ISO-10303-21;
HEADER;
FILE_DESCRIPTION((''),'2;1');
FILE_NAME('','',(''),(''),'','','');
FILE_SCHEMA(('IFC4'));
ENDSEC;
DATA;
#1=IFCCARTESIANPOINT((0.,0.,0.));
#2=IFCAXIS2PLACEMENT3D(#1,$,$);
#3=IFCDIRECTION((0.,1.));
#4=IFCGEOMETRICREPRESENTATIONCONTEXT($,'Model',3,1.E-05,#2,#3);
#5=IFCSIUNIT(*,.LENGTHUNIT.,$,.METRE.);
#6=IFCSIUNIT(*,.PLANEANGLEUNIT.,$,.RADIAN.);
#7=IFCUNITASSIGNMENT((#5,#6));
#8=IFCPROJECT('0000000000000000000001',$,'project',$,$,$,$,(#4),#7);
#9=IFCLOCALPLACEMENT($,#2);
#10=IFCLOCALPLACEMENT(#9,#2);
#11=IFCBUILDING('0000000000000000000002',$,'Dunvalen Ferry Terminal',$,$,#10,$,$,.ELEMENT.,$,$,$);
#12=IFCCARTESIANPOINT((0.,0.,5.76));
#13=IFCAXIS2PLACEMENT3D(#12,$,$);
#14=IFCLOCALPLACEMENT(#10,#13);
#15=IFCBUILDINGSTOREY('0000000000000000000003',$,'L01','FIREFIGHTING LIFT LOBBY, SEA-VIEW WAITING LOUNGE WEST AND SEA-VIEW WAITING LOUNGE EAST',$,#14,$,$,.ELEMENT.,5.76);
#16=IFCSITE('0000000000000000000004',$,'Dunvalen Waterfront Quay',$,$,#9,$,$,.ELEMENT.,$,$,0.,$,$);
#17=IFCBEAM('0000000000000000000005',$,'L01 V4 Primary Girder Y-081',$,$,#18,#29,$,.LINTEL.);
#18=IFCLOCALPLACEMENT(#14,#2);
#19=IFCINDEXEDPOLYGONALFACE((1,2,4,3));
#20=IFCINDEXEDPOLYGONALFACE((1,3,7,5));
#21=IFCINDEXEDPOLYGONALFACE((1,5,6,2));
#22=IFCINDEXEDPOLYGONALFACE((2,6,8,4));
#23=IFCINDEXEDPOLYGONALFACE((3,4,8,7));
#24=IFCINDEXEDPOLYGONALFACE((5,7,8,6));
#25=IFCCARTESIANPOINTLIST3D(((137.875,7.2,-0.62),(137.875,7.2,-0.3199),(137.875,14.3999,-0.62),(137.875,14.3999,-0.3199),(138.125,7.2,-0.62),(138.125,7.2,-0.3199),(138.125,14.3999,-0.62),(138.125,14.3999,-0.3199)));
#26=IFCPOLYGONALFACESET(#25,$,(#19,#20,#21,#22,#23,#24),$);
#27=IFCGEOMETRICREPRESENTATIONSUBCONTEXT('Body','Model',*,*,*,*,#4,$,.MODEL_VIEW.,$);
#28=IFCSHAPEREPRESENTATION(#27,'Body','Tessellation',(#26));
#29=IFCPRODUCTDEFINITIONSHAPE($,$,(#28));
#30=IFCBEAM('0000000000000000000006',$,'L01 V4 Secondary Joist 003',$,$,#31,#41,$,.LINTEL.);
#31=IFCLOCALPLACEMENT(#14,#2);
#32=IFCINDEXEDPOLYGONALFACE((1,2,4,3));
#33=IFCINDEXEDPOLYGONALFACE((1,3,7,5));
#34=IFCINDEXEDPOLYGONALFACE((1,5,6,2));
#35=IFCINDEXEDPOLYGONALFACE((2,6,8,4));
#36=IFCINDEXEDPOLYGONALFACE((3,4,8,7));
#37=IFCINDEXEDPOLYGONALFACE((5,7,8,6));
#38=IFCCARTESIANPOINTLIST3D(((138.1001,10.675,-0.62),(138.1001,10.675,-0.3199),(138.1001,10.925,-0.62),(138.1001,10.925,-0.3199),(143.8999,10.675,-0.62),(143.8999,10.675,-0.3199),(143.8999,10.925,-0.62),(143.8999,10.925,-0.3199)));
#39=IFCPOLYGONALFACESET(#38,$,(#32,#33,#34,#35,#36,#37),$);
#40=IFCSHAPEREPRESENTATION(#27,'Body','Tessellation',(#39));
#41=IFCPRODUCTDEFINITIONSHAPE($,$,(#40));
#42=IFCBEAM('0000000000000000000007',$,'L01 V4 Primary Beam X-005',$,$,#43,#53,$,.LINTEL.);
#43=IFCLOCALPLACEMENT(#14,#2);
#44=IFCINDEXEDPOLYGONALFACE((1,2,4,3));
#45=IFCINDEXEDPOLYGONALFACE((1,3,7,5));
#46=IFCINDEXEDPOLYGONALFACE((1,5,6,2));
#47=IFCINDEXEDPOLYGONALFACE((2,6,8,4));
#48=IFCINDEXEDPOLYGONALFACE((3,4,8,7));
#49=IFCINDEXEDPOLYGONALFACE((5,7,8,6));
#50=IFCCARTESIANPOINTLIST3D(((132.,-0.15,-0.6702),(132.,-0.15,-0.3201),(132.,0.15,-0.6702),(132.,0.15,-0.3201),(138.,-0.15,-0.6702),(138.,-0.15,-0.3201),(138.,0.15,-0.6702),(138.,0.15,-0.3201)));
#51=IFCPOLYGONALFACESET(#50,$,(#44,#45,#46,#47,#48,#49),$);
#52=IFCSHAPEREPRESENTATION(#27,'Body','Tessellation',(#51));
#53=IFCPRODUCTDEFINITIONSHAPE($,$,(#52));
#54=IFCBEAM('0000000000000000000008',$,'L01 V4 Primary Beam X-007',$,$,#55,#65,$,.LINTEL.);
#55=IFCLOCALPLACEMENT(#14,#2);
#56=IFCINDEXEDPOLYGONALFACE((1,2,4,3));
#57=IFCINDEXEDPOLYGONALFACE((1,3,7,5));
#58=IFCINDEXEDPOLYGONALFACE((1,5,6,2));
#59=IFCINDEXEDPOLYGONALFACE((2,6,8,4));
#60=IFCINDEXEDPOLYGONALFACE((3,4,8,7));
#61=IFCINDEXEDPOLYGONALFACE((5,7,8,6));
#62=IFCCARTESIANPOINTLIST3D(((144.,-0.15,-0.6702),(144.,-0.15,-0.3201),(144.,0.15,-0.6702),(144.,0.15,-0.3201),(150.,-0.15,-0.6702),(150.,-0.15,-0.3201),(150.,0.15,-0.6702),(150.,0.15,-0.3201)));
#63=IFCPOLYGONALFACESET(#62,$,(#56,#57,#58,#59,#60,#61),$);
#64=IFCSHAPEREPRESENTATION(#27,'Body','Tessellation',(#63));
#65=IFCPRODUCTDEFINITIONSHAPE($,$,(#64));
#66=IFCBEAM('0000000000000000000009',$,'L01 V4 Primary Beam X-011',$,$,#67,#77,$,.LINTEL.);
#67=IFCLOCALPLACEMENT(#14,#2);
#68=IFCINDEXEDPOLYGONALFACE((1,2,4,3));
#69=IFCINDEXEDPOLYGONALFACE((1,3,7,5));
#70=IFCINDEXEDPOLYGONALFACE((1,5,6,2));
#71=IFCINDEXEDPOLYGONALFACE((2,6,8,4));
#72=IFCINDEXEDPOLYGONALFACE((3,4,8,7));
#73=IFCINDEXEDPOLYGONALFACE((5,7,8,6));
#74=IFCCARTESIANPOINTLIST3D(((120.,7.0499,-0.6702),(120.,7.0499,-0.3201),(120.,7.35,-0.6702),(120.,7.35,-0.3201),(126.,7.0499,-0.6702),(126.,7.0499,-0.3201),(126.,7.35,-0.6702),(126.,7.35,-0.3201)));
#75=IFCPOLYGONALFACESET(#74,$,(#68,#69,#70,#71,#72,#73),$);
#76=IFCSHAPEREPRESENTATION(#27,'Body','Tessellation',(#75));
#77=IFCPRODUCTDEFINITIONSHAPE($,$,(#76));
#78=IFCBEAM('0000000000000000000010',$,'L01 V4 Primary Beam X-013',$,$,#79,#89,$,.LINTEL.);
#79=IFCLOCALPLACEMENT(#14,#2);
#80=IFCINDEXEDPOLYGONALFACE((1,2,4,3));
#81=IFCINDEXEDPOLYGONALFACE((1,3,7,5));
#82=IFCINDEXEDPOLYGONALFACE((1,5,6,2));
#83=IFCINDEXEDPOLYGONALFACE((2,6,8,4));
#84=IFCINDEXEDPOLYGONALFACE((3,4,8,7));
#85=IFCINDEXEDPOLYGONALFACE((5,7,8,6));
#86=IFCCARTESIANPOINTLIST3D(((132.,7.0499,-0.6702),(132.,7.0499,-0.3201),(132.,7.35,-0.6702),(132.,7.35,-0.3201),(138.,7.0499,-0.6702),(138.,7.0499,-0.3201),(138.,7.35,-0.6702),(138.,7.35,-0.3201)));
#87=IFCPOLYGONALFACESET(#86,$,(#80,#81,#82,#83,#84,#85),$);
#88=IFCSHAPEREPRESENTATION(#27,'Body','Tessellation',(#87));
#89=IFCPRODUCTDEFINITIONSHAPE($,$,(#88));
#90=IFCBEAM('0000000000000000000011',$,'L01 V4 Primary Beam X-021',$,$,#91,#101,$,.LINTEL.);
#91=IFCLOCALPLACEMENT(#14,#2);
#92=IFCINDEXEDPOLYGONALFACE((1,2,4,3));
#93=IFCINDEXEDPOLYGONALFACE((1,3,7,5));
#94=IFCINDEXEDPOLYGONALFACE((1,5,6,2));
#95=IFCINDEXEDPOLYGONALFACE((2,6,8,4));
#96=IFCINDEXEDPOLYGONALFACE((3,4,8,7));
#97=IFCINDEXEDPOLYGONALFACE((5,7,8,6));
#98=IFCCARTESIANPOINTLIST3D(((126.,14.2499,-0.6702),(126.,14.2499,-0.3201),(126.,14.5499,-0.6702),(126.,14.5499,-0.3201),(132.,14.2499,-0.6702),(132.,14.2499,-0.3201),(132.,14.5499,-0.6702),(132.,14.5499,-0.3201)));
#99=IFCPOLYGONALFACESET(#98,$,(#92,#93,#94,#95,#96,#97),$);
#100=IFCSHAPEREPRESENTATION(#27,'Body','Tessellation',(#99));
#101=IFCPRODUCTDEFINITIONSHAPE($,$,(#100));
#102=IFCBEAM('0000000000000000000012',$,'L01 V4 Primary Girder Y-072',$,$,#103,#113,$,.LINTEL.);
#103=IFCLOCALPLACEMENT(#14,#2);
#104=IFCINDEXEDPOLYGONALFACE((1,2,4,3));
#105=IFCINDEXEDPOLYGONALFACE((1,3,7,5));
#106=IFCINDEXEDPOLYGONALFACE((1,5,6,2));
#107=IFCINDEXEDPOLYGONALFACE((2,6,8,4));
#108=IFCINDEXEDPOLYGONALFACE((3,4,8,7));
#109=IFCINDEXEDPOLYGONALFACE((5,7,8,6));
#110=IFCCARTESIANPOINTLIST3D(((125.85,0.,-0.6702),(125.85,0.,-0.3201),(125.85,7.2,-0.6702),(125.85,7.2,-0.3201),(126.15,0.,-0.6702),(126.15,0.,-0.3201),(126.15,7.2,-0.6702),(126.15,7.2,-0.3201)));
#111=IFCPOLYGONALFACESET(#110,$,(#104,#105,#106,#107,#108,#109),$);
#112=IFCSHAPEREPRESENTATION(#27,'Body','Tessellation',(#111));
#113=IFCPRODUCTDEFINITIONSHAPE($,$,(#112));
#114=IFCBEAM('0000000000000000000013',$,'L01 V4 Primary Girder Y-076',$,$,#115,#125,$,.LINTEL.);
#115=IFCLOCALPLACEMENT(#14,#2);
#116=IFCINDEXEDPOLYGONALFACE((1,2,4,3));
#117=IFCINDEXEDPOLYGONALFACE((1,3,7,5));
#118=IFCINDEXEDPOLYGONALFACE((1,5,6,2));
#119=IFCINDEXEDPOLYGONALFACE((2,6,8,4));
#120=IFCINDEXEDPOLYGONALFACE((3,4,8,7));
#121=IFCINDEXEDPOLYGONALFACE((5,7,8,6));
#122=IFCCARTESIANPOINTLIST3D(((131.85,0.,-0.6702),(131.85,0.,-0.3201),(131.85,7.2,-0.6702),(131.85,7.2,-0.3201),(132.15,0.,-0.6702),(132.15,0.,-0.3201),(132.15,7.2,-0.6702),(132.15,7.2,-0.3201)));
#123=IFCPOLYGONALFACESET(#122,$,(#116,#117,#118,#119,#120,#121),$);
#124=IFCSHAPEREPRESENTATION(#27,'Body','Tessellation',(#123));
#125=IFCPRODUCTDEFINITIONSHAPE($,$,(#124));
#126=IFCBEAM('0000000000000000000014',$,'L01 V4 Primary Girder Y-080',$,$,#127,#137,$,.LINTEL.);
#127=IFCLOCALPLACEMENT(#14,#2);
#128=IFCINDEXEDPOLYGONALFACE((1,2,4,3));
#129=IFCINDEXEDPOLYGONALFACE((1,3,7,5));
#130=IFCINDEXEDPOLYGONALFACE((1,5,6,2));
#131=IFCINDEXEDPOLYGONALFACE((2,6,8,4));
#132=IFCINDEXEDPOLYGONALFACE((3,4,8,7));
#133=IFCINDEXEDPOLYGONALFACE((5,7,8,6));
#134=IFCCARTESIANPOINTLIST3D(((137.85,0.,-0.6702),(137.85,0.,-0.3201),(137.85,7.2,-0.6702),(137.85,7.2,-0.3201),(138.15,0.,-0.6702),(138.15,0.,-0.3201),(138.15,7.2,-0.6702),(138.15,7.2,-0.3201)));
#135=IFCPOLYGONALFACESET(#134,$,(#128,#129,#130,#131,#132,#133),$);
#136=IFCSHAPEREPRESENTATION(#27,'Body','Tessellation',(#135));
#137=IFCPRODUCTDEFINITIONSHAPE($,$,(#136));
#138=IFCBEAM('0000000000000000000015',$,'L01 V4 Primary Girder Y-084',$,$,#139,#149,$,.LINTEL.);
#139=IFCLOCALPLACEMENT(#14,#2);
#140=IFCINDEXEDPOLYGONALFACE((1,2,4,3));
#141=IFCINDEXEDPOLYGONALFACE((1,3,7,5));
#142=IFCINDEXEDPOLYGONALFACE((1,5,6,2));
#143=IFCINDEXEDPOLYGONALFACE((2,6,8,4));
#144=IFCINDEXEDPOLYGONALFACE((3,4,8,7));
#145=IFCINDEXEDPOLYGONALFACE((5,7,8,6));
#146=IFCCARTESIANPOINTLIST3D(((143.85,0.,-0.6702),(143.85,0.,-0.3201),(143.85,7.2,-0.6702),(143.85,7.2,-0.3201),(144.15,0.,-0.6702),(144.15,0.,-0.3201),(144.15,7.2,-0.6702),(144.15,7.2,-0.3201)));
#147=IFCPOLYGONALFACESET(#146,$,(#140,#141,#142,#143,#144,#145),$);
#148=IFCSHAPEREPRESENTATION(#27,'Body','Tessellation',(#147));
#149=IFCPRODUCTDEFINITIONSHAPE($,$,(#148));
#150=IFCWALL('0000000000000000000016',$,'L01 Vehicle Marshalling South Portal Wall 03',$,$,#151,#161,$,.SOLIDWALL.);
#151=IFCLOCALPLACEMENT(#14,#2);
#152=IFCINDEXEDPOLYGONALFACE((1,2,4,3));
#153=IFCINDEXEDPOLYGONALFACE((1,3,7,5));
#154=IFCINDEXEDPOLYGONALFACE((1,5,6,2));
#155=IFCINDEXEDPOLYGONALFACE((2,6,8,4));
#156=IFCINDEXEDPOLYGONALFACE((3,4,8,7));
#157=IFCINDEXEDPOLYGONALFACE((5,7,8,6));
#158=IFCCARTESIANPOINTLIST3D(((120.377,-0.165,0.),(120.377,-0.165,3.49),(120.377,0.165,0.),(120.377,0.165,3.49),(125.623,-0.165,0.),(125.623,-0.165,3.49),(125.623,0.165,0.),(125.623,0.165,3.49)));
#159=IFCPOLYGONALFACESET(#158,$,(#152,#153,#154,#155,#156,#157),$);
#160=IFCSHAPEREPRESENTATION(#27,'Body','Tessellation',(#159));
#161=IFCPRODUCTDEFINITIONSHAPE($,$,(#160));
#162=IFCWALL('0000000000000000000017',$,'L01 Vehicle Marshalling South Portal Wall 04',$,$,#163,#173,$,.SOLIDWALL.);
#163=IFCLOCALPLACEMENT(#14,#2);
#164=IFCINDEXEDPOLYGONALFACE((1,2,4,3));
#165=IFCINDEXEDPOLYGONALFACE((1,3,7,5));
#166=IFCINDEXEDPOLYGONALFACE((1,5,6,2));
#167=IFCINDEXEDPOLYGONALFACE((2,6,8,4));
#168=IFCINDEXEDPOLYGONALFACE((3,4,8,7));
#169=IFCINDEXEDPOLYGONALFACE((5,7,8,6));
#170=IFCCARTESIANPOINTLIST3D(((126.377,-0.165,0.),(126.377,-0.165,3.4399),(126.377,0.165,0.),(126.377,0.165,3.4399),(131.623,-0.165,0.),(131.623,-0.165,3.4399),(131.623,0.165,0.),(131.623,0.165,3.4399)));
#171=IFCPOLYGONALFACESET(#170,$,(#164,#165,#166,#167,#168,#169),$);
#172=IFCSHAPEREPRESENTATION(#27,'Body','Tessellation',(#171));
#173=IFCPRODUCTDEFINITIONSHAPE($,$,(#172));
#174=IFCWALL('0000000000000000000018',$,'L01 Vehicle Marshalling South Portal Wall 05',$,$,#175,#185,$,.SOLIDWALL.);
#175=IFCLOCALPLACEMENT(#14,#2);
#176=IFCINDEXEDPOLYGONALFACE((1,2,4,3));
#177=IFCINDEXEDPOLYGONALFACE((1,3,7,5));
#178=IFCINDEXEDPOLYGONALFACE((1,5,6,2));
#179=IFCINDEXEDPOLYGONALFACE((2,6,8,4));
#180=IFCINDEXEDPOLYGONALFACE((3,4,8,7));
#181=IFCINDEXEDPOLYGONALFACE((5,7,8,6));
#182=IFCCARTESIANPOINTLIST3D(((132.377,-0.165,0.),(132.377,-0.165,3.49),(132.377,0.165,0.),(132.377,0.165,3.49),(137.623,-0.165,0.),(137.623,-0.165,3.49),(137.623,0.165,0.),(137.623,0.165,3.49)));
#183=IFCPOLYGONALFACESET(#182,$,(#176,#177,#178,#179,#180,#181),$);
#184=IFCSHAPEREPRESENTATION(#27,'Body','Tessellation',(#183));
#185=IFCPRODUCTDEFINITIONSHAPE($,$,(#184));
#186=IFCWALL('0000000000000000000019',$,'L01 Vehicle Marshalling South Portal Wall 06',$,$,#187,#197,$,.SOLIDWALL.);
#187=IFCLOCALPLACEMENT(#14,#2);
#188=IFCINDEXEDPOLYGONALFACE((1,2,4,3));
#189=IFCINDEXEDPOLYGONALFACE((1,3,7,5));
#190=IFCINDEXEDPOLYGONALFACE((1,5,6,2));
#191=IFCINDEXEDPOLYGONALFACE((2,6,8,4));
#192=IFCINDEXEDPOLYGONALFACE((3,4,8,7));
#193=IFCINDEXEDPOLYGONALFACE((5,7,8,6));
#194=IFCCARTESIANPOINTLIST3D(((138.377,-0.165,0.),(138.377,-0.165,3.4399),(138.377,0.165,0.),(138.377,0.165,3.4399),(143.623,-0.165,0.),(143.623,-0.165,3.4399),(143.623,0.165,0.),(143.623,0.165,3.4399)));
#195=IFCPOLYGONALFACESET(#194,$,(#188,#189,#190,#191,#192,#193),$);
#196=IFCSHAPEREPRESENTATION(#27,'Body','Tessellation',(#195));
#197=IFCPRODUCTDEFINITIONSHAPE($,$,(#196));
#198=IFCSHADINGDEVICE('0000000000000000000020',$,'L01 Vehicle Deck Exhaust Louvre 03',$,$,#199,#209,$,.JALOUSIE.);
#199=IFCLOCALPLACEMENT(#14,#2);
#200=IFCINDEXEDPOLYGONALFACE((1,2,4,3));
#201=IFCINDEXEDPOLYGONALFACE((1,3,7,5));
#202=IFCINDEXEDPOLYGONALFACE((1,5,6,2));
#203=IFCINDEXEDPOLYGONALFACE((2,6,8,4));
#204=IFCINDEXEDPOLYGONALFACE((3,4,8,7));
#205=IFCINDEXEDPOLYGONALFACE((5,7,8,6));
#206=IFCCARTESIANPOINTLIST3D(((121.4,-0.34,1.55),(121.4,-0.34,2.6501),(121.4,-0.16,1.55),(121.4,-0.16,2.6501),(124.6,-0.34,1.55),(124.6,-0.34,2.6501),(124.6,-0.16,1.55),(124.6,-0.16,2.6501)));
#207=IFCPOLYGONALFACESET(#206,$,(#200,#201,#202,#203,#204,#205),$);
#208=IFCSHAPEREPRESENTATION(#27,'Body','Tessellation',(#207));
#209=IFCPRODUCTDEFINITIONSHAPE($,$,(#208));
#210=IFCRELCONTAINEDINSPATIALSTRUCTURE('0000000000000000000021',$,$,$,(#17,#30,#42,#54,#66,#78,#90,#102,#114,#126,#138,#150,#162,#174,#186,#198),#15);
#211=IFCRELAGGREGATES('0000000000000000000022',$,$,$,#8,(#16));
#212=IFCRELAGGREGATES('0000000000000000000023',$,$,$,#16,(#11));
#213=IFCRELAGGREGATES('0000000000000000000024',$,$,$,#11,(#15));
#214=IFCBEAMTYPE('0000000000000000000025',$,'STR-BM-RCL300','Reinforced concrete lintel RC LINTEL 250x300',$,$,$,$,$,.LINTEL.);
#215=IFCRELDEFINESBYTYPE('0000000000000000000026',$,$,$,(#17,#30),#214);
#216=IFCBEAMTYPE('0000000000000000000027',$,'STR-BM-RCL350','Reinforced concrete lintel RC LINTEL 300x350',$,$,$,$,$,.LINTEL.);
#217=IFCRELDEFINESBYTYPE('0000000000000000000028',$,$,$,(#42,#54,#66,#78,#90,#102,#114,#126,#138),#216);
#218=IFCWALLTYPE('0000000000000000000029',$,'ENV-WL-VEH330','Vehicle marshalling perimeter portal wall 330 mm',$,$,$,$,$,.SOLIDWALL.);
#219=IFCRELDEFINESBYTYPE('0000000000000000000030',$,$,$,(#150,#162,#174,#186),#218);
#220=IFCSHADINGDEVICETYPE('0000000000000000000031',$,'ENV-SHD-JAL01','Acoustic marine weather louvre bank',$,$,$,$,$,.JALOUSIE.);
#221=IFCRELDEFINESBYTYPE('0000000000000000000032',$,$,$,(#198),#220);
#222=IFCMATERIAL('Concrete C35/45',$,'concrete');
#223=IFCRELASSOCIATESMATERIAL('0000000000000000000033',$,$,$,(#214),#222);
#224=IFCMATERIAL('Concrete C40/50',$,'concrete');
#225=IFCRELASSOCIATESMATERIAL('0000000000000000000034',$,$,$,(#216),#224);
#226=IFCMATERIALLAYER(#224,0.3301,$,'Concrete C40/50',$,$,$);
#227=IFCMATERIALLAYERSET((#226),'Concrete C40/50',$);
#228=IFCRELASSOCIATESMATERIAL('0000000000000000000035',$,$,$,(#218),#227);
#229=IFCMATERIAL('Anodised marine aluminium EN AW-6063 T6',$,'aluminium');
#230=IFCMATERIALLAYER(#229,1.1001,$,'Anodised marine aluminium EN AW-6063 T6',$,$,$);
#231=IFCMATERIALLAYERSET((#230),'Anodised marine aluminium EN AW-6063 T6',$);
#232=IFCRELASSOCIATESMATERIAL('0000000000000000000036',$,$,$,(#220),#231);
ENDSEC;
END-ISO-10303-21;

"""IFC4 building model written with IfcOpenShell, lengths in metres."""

from ifc_helpers import new_model, si_unit, direction, frame, frame_2d, origin, origin_2d, place, context, subcontext, project, spatial, rectangle, extrude, material, layer, layer_set, material_profile, profile_set, type_object, element, save


model = new_model("IFC4")

# Units and contexts
model_context = context("Model", 3, precision=1e-05, world=origin(), true_north=direction((0.0, 1.0)))
body_context = subcontext(model_context, "Body", "Model", "MODEL_VIEW")
ifc_project = project(units=[si_unit("LENGTHUNIT", "METRE"), si_unit("PLANEANGLEUNIT", "RADIAN")], contexts=[model_context])

# Site, building, storey
site_placement = place(None, origin())
site = spatial("IfcSite", under=ifc_project, at=site_placement, Name="Dunvalen Waterfront Quay", CompositionType="ELEMENT", RefElevation=0.0)
building_placement = place(site_placement, origin())
building = spatial("IfcBuilding", under=site, at=building_placement, Name="Dunvalen Ferry Terminal", CompositionType="ELEMENT")
storey_placement = place(building_placement, frame((0.0, 0.0, 5.76)))
storey = spatial("IfcBuildingStorey", under=building, at=storey_placement, Name="L01", Description="FIREFIGHTING LIFT LOBBY, SEA-VIEW WAITING LOUNGE WEST AND SEA-VIEW WAITING LOUNGE EAST", CompositionType="ELEMENT", Elevation=5.76)

# Shared definitions
ifc_material_1 = material(Name="Concrete C40/50", Category="concrete")

# Beams
ifc_material_2 = material(Name="Concrete C35/45", Category="concrete")
ifc_material_profile_1 = material_profile(ifc_material_2, rectangle(XDim=0.25, YDim=0.3, at=origin_2d()), Name="Concrete C35/45")
ifc_profile_set_1 = profile_set([ifc_material_profile_1], Name="Concrete C35/45")
beam_type_1 = type_object("IfcBeamType", Name="STR-BM-RCL300", Description="Reinforced concrete lintel RC LINTEL 250x300", PredefinedType="LINTEL", material=ifc_profile_set_1)
for number, where, z_axis, x_axis, name in (
    (1, (138.0, 7.2, -0.47), (0.0, 1.0, 0.0), (-1.0, 0.0, 0.0), "L01 V4 Primary Girder Y-081"),
):
    element("IfcBeam", number, at=place(storey_placement, frame(where, z_axis=z_axis, x_axis=x_axis)), inside=storey, type_object=beam_type_1, Name=name, PredefinedType="LINTEL", context=body_context, shape_type="SweptSolid", body=[
        extrude(rectangle(XDim=0.25, YDim=0.3, at=origin_2d()), origin(), (0.0, 0.0, 1.0), 7.2),
    ])
beam_placement = place(storey_placement, frame((138.1001, 10.8, -0.47), z_axis=(1.0, 0.0, 0.0), x_axis=(0.0, 1.0, 0.0)))
element("IfcBeam", 2, at=beam_placement, inside=storey, type_object=beam_type_1, Name="L01 V4 Secondary Joist 003", PredefinedType="LINTEL", context=body_context, shape_type="SweptSolid", body=[
    extrude(rectangle(XDim=0.25, YDim=0.3, at=origin_2d()), origin(), (0.0, 0.0, 1.0), 5.7998),
])
ifc_material_profile_2 = material_profile(ifc_material_1, rectangle(XDim=0.3, YDim=0.3501, at=origin_2d()), Name="Concrete C40/50")
ifc_profile_set_2 = profile_set([ifc_material_profile_2], Name="Concrete C40/50")
beam_type_2 = type_object("IfcBeamType", Name="STR-BM-RCL350", Description="Reinforced concrete lintel RC LINTEL 300x350", PredefinedType="LINTEL", material=ifc_profile_set_2)
for number, where, z_axis, x_axis, name in (
    (3, (132.0, 0.0, -0.4951), (1.0, 0.0, 0.0), (0.0, 1.0, 0.0), "L01 V4 Primary Beam X-005"),
    (4, (144.0, 0.0, -0.4951), (1.0, 0.0, 0.0), (0.0, 1.0, 0.0), "L01 V4 Primary Beam X-007"),
    (5, (120.0, 7.2, -0.4951), (1.0, 0.0, 0.0), (0.0, 1.0, 0.0), "L01 V4 Primary Beam X-011"),
    (6, (132.0, 7.2, -0.4951), (1.0, 0.0, 0.0), (0.0, 1.0, 0.0), "L01 V4 Primary Beam X-013"),
    (7, (126.0, 14.3999, -0.4951), (1.0, 0.0, 0.0), (0.0, 1.0, 0.0), "L01 V4 Primary Beam X-021"),
):
    element("IfcBeam", number, at=place(storey_placement, frame(where, z_axis=z_axis, x_axis=x_axis)), inside=storey, type_object=beam_type_2, Name=name, PredefinedType="LINTEL", context=body_context, shape_type="SweptSolid", body=[
        extrude(rectangle(XDim=0.3, YDim=0.3501, at=origin_2d()), origin(), (0.0, 0.0, 1.0), 6.0),
    ])
for number, where, z_axis, x_axis, name in (
    (8, (126.0, 0.0, -0.4951), (0.0, 1.0, 0.0), (-1.0, 0.0, 0.0), "L01 V4 Primary Girder Y-072"),
    (9, (132.0, 0.0, -0.4951), (0.0, 1.0, 0.0), (-1.0, 0.0, 0.0), "L01 V4 Primary Girder Y-076"),
    (10, (138.0, 0.0, -0.4951), (0.0, 1.0, 0.0), (-1.0, 0.0, 0.0), "L01 V4 Primary Girder Y-080"),
    (11, (144.0, 0.0, -0.4951), (0.0, 1.0, 0.0), (-1.0, 0.0, 0.0), "L01 V4 Primary Girder Y-084"),
):
    element("IfcBeam", number, at=place(storey_placement, frame(where, z_axis=z_axis, x_axis=x_axis)), inside=storey, type_object=beam_type_2, Name=name, PredefinedType="LINTEL", context=body_context, shape_type="SweptSolid", body=[
        extrude(rectangle(XDim=0.3, YDim=0.3501, at=origin_2d()), origin(), (0.0, 0.0, 1.0), 7.2),
    ])

# Walls
ifc_layer_1 = layer(ifc_material_1, 0.3301, Name="Concrete C40/50")
ifc_layer_set_1 = layer_set([ifc_layer_1], Name="Concrete C40/50")
wall_type = type_object("IfcWallType", Name="ENV-WL-VEH330", Description="Vehicle marshalling perimeter portal wall 330 mm", PredefinedType="SOLIDWALL", material=ifc_layer_set_1)
wall_1_placement = place(storey_placement, frame((120.377, 0.0, 0.0), z_axis=(0.0, 0.0, 1.0), x_axis=(1.0, 0.0, 0.0)))
element("IfcWall", 12, at=wall_1_placement, inside=storey, type_object=wall_type, Name="L01 Vehicle Marshalling South Portal Wall 03", PredefinedType="SOLIDWALL", context=body_context, shape_type="SweptSolid", body=[
    extrude(rectangle(XDim=5.2461, YDim=0.3301, at=frame_2d((2.623, 0.0))), origin(), (0.0, 0.0, 1.0), 3.49),
])
wall_2_placement = place(storey_placement, frame((126.377, 0.0, 0.0), z_axis=(0.0, 0.0, 1.0), x_axis=(1.0, 0.0, 0.0)))
element("IfcWall", 13, at=wall_2_placement, inside=storey, type_object=wall_type, Name="L01 Vehicle Marshalling South Portal Wall 04", PredefinedType="SOLIDWALL", context=body_context, shape_type="SweptSolid", body=[
    extrude(rectangle(XDim=5.2461, YDim=0.3301, at=frame_2d((2.623, 0.0))), origin(), (0.0, 0.0, 1.0), 3.4399),
])
wall_3_placement = place(storey_placement, frame((132.377, 0.0, 0.0), z_axis=(0.0, 0.0, 1.0), x_axis=(1.0, 0.0, 0.0)))
element("IfcWall", 14, at=wall_3_placement, inside=storey, type_object=wall_type, Name="L01 Vehicle Marshalling South Portal Wall 05", PredefinedType="SOLIDWALL", context=body_context, shape_type="SweptSolid", body=[
    extrude(rectangle(XDim=5.2461, YDim=0.3301, at=frame_2d((2.623, 0.0))), origin(), (0.0, 0.0, 1.0), 3.49),
])
wall_4_placement = place(storey_placement, frame((138.377, 0.0, 0.0), z_axis=(0.0, 0.0, 1.0), x_axis=(1.0, 0.0, 0.0)))
element("IfcWall", 15, at=wall_4_placement, inside=storey, type_object=wall_type, Name="L01 Vehicle Marshalling South Portal Wall 06", PredefinedType="SOLIDWALL", context=body_context, shape_type="SweptSolid", body=[
    extrude(rectangle(XDim=5.2461, YDim=0.3301, at=frame_2d((2.623, 0.0))), origin(), (0.0, 0.0, 1.0), 3.4399),
])

# Shading device
ifc_material_3 = material(Name="Anodised marine aluminium EN AW-6063 T6", Category="aluminium")
ifc_layer_2 = layer(ifc_material_3, 1.1001, Name="Anodised marine aluminium EN AW-6063 T6")
ifc_layer_set_2 = layer_set([ifc_layer_2], Name="Anodised marine aluminium EN AW-6063 T6")
shading_device_type = type_object("IfcShadingDeviceType", Name="ENV-SHD-JAL01", Description="Acoustic marine weather louvre bank", PredefinedType="JALOUSIE", material=ifc_layer_set_2)
for number, where, z_axis, x_axis, name in (
    (16, (123.0, -0.25, 1.55), (0.0, 0.0, 1.0), (1.0, 0.0, 0.0), "L01 Vehicle Deck Exhaust Louvre 03"),
):
    element("IfcShadingDevice", number, at=place(storey_placement, frame(where, z_axis=z_axis, x_axis=x_axis)), inside=storey, type_object=shading_device_type, Name=name, PredefinedType="JALOUSIE", context=body_context, shape_type="SweptSolid", body=[
        extrude(rectangle(XDim=3.2, YDim=0.1799, at=origin_2d()), origin(), (0.0, 0.0, 1.0), 1.1001),
    ])

save(model, "model.ifc")
